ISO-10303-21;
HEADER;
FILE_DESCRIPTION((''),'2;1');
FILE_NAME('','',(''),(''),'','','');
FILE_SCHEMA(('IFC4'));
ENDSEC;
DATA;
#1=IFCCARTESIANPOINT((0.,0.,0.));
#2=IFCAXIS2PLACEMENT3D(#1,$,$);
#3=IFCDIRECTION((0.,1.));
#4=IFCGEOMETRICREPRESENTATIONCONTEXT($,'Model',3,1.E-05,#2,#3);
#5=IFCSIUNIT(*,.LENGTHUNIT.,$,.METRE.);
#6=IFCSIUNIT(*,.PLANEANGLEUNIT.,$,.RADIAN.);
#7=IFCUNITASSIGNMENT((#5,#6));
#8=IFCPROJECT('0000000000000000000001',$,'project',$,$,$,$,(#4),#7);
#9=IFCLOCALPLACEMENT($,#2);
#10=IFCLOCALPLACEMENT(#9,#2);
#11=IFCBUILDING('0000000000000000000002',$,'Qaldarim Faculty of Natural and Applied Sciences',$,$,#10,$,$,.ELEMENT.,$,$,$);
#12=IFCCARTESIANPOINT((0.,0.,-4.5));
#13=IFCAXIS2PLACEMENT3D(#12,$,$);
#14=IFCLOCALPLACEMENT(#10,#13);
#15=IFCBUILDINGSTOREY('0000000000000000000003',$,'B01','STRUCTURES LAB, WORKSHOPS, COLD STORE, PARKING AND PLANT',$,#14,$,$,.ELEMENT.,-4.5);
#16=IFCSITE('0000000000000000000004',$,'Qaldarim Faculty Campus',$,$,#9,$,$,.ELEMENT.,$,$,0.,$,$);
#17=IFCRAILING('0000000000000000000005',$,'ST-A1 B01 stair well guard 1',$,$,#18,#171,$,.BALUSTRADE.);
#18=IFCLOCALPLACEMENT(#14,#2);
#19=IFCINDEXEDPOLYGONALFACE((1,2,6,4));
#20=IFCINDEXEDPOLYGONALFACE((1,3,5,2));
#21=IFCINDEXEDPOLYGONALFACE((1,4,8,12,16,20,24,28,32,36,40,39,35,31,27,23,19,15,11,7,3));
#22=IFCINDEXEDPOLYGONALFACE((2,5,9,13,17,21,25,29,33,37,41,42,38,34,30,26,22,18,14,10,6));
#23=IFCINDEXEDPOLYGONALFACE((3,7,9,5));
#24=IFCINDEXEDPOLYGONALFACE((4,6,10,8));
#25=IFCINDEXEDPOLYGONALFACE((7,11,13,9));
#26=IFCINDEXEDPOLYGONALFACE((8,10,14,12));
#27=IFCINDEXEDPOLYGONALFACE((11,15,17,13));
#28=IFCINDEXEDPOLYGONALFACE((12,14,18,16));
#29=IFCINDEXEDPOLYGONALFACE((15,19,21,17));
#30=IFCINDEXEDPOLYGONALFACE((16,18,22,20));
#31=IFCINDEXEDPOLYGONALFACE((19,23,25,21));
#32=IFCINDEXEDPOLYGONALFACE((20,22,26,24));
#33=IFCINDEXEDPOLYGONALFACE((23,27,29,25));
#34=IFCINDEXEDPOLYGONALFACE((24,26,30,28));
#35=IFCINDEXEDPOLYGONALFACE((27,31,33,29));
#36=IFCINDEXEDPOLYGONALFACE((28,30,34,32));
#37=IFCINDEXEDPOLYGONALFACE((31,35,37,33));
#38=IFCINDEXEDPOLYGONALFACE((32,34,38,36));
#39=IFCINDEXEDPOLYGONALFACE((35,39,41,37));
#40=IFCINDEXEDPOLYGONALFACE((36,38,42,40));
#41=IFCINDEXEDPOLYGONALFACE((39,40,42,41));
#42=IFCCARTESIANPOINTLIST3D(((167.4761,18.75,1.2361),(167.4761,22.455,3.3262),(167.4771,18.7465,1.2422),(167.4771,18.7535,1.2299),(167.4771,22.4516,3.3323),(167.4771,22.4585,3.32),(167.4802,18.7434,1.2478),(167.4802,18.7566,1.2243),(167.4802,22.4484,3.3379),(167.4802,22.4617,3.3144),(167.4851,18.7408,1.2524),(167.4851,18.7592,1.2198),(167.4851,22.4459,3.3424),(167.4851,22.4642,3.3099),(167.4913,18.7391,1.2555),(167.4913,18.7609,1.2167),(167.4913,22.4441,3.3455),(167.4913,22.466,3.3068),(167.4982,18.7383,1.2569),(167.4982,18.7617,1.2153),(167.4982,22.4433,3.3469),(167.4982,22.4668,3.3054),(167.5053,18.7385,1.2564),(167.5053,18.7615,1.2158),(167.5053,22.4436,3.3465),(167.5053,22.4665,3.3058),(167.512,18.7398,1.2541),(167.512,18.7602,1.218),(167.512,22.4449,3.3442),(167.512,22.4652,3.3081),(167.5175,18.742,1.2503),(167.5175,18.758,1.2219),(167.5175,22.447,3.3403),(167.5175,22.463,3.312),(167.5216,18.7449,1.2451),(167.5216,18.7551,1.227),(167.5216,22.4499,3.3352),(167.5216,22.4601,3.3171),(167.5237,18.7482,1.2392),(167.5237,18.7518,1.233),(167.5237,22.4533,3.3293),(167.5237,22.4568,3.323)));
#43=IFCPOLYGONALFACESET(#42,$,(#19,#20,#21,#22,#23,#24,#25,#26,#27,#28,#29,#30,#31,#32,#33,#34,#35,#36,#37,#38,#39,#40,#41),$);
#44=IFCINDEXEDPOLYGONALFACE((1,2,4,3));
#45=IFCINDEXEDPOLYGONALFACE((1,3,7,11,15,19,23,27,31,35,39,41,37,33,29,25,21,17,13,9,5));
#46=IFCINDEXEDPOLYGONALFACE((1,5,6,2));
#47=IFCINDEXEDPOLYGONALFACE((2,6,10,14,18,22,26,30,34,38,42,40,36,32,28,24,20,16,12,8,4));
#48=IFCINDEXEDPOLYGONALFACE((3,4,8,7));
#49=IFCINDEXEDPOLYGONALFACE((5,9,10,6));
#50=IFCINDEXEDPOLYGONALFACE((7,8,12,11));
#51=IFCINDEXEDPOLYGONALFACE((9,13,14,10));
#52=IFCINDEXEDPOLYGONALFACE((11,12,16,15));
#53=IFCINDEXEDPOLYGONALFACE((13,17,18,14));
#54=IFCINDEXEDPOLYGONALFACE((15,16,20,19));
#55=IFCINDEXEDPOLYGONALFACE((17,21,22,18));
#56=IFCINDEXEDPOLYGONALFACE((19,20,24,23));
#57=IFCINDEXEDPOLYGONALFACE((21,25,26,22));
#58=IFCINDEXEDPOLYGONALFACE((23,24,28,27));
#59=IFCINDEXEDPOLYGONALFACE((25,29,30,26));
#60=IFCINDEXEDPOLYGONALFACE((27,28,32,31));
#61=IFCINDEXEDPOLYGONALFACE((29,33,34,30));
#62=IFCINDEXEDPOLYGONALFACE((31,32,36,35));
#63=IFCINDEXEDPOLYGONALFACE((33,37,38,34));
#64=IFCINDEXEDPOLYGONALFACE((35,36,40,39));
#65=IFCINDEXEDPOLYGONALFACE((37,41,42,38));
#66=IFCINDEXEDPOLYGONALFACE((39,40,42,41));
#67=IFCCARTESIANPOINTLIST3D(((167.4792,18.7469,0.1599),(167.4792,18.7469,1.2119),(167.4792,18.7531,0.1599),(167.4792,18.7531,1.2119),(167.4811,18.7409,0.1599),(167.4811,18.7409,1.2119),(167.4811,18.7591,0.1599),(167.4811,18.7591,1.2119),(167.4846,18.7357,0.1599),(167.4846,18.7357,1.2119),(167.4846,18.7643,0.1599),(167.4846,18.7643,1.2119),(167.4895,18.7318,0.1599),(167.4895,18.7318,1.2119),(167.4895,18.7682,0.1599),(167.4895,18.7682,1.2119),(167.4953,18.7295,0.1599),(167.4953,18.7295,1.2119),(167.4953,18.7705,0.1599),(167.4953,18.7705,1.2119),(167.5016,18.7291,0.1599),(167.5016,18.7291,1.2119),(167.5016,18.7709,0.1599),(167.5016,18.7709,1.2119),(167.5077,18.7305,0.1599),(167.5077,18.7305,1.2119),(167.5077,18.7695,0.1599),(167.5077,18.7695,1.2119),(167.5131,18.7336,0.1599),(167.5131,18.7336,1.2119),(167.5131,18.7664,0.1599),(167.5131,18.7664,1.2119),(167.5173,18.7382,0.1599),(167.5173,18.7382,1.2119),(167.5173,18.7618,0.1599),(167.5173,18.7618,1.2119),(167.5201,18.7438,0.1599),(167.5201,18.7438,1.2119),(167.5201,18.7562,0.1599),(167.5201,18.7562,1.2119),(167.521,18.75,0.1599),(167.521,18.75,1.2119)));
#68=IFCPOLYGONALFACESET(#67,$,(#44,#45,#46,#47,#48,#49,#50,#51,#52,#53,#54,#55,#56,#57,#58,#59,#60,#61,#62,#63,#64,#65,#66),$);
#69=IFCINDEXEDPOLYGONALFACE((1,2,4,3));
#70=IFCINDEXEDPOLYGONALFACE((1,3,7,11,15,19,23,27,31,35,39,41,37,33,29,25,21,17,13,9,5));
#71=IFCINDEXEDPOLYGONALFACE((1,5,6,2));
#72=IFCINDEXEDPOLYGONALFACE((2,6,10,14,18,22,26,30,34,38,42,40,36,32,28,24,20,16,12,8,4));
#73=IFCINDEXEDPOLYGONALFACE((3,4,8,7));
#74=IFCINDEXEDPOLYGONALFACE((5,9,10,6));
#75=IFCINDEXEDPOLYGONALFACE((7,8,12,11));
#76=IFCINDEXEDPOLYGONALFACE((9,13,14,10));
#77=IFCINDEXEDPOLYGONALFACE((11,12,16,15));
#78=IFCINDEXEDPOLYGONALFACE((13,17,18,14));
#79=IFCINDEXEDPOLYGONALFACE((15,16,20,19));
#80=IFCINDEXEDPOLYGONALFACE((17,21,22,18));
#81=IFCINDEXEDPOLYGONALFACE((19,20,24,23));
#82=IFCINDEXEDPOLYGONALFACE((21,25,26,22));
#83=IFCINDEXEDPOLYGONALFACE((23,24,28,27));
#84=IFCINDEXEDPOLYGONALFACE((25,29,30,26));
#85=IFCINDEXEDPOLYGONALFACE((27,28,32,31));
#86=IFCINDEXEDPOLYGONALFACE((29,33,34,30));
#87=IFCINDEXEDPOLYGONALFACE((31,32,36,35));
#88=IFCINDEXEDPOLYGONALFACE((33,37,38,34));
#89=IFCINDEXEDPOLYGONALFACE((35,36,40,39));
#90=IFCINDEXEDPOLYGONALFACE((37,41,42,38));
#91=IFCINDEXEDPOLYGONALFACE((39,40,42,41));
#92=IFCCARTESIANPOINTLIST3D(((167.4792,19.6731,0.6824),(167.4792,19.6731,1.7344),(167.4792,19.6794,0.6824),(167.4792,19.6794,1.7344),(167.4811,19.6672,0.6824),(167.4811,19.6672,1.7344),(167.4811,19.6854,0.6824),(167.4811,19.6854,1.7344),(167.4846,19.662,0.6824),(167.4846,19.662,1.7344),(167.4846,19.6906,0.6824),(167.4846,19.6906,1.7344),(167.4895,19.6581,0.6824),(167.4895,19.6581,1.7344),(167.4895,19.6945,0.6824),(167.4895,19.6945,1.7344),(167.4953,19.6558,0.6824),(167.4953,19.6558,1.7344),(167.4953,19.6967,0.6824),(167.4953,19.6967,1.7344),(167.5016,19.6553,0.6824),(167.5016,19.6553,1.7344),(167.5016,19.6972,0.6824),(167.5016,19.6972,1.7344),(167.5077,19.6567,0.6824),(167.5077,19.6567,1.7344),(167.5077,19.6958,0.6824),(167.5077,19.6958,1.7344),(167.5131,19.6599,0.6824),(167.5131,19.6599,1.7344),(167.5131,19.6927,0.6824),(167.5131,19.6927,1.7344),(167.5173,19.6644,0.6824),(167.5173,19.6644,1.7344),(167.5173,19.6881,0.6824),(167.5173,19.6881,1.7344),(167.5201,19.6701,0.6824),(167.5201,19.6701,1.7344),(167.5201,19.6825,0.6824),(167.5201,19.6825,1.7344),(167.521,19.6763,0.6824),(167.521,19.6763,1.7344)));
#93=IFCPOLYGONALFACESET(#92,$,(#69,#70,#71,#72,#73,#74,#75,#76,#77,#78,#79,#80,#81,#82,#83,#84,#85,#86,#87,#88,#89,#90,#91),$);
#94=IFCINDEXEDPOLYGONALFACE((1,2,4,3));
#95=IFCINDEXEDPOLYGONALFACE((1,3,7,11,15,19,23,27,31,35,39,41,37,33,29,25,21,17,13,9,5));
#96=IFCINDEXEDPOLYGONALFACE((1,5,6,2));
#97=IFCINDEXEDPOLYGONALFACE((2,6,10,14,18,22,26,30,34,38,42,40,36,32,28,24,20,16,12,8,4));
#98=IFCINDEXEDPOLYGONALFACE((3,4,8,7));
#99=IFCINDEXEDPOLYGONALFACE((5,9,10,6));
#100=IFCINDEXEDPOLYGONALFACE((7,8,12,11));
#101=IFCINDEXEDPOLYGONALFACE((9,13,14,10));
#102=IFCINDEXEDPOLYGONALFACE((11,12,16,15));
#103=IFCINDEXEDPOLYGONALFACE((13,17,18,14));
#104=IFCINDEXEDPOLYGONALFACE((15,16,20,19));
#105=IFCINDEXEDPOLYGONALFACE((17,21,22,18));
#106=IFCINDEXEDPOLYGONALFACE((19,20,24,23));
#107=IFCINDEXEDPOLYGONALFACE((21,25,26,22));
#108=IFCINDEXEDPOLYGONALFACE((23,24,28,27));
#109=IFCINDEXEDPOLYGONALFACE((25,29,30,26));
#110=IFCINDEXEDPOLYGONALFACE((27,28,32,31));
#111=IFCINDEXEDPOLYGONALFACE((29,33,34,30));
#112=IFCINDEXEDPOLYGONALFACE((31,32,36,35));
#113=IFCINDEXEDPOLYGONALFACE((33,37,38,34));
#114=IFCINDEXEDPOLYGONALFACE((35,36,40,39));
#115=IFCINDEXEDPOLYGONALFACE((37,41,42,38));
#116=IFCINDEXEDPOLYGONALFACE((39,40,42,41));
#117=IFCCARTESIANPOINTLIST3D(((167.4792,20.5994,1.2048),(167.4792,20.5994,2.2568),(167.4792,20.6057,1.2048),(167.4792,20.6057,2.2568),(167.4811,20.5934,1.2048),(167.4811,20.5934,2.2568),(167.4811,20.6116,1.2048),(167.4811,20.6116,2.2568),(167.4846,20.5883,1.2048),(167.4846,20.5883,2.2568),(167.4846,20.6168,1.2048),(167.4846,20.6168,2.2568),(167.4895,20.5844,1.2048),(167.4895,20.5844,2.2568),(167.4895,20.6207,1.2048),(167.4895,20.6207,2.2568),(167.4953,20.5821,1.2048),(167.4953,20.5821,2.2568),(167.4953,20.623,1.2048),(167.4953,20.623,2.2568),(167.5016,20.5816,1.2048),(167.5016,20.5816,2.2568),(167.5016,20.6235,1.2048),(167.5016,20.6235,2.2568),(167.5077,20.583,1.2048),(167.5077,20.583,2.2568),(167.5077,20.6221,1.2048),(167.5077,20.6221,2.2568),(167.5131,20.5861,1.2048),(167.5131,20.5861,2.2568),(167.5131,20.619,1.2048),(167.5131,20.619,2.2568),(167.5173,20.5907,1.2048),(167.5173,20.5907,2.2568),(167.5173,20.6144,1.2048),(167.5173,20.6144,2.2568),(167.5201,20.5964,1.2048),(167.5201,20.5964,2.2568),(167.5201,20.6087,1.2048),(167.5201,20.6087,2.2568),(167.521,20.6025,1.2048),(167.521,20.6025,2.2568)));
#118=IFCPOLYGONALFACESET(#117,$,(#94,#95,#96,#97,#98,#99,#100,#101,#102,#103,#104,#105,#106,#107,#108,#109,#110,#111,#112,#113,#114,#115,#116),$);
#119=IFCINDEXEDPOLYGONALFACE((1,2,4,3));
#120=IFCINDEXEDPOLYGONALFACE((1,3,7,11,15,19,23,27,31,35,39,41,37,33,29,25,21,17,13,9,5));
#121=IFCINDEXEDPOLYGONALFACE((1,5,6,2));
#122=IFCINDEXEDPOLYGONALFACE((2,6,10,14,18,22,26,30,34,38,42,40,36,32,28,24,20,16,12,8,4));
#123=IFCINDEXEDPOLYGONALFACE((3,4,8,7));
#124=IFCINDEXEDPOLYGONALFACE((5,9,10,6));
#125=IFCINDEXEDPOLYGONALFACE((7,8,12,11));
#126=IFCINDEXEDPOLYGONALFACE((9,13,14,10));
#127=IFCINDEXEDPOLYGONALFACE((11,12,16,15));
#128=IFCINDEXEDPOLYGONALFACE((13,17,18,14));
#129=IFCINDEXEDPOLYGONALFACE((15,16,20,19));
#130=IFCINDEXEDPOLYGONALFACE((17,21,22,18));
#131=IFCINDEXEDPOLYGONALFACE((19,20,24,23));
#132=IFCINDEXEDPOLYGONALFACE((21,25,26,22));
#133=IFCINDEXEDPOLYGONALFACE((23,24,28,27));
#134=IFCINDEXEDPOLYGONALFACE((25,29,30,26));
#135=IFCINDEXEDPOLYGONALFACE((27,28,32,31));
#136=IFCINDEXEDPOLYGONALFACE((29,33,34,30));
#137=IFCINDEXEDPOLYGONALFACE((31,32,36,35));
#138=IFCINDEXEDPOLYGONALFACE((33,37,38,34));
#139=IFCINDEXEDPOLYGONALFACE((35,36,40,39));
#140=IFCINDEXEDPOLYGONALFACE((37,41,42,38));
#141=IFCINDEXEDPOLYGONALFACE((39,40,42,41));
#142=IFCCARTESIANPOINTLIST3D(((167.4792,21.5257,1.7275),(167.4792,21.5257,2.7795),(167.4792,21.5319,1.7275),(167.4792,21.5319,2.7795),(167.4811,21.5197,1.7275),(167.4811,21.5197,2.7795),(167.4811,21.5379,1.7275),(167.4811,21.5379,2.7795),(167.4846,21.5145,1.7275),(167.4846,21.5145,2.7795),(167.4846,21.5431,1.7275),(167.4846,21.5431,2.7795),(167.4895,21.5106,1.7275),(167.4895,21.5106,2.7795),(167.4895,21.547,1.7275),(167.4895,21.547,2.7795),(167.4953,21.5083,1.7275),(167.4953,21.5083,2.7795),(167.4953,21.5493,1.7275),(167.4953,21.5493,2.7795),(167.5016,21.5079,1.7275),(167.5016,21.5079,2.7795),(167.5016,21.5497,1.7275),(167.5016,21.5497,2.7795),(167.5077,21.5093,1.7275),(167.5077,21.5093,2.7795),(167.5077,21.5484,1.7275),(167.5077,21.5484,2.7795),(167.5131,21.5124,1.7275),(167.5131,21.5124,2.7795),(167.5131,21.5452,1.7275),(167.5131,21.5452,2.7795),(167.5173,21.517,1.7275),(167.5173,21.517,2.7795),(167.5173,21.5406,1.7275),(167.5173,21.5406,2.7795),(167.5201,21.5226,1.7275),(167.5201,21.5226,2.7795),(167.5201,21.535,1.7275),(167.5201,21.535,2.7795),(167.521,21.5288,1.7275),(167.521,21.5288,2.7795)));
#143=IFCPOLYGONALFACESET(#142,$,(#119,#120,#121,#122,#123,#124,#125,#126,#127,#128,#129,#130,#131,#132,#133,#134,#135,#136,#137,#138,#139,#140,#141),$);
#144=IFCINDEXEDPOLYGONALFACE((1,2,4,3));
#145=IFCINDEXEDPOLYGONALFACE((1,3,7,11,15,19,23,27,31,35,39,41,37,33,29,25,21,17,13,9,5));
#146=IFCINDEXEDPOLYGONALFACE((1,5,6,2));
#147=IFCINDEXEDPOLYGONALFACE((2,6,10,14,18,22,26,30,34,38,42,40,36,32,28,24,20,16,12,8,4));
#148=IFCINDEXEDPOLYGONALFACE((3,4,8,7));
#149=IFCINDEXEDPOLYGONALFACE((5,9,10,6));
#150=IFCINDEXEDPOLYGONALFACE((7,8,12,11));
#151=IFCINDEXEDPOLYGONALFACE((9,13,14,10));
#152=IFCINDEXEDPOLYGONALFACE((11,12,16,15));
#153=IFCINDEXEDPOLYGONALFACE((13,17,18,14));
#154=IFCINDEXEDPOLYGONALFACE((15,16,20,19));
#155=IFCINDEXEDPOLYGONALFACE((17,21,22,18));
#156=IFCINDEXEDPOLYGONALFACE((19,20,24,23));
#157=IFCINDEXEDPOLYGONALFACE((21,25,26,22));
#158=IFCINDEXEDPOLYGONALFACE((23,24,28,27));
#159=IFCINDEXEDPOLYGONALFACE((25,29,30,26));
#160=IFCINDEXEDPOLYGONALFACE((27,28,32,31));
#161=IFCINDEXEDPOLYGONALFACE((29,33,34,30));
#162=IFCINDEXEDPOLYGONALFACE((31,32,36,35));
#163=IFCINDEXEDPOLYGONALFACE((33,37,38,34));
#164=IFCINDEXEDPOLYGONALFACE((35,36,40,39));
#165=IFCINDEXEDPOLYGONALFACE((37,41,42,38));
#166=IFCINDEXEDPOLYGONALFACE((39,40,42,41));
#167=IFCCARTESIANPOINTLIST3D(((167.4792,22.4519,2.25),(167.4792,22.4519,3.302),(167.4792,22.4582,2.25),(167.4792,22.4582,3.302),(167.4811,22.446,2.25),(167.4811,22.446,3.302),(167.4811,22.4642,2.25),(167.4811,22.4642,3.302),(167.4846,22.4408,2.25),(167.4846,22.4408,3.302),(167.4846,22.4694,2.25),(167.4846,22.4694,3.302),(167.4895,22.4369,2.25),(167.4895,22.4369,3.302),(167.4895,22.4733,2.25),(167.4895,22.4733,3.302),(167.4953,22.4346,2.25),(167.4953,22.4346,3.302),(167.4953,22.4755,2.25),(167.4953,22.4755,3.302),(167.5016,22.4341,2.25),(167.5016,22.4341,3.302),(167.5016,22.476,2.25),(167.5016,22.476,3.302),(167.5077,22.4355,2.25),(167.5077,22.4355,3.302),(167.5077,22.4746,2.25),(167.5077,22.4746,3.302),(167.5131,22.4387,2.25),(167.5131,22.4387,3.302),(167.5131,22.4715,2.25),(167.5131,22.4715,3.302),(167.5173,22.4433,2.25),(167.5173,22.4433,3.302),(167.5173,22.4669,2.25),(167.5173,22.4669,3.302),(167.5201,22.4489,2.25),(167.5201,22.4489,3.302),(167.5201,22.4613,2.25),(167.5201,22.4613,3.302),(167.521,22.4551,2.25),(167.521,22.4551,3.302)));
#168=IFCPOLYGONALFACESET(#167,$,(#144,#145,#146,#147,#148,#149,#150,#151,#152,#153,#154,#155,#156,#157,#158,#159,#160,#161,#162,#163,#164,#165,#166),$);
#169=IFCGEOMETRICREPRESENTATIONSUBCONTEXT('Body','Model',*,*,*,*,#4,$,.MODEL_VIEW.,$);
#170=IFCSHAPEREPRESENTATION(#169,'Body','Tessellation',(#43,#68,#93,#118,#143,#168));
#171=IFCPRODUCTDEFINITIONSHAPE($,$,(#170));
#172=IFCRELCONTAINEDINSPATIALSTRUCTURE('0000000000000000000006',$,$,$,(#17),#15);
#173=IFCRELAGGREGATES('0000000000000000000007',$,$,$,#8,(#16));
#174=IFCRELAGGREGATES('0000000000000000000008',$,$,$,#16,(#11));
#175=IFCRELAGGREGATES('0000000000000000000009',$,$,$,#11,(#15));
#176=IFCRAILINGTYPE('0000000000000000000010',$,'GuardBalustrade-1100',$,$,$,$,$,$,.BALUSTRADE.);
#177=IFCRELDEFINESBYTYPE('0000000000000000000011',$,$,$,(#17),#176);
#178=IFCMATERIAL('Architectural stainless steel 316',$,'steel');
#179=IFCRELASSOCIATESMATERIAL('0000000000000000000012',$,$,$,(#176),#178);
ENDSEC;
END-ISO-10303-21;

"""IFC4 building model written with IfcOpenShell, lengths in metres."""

from ifc_helpers import new_model, si_unit, direction, frame, origin, origin_2d, place, context, subcontext, project, spatial, circle, extrude, material, type_object, element, save


model = new_model("IFC4")

# Units and contexts
model_context = context("Model", 3, precision=1e-05, world=origin(), true_north=direction((0.0, 1.0)))
body_context = subcontext(model_context, "Body", "Model", "MODEL_VIEW")
ifc_project = project(units=[si_unit("LENGTHUNIT", "METRE"), si_unit("PLANEANGLEUNIT", "RADIAN")], contexts=[model_context])

# Site, building, storey
site_placement = place(None, origin())
site = spatial("IfcSite", under=ifc_project, at=site_placement, Name="Qaldarim Faculty Campus", CompositionType="ELEMENT", RefElevation=0.0)
building_placement = place(site_placement, origin())
building = spatial("IfcBuilding", under=site, at=building_placement, Name="Qaldarim Faculty of Natural and Applied Sciences", CompositionType="ELEMENT")
storey_placement = place(building_placement, frame((0.0, 0.0, -4.5)))
storey = spatial("IfcBuildingStorey", under=building, at=storey_placement, Name="B01", Description="STRUCTURES LAB, WORKSHOPS, COLD STORE, PARKING AND PLANT", CompositionType="ELEMENT", Elevation=-4.5)

# Shared definitions
ifc_material_1 = material(Name="Architectural stainless steel 316", Category="steel")

# Railing
railing_type_1 = type_object("IfcRailingType", Name="GuardBalustrade-1100", PredefinedType="BALUSTRADE", material=ifc_material_1)
railing_1_placement = place(storey_placement, frame((167.5, 18.75, 0.1599)))
element("IfcRailing", 1, at=railing_1_placement, inside=storey, type_object=railing_type_1, Name="ST-A1 B01 stair well guard 1", PredefinedType="BALUSTRADE", context=body_context, shape_type="SweptSolid", body=[
    extrude(circle(Radius=0.0239, at=origin_2d()), frame((0.0, 0.0, 1.0762), z_axis=(0.0, 0.870974, 0.491329), x_axis=(-1.0, 0.0, 0.0)), (0.0, 0.0, 1.0), 4.2539),
    extrude(circle(Radius=0.021, at=origin_2d()), origin(), (0.0, 0.0, 1.0), 1.052),
    extrude(circle(Radius=0.021, at=origin_2d()), frame((0.0, 0.9263, 0.5225)), (0.0, 0.0, 1.0), 1.052),
    extrude(circle(Radius=0.021, at=origin_2d()), frame((0.0, 1.8525, 1.0449)), (0.0, 0.0, 1.0), 1.052),
    extrude(circle(Radius=0.021, at=origin_2d()), frame((0.0, 2.7788, 1.5676)), (0.0, 0.0, 1.0), 1.052),
    extrude(circle(Radius=0.021, at=origin_2d()), frame((0.0, 3.7051, 2.0901)), (0.0, 0.0, 1.0), 1.052),
])

save(model, "model.ifc")
